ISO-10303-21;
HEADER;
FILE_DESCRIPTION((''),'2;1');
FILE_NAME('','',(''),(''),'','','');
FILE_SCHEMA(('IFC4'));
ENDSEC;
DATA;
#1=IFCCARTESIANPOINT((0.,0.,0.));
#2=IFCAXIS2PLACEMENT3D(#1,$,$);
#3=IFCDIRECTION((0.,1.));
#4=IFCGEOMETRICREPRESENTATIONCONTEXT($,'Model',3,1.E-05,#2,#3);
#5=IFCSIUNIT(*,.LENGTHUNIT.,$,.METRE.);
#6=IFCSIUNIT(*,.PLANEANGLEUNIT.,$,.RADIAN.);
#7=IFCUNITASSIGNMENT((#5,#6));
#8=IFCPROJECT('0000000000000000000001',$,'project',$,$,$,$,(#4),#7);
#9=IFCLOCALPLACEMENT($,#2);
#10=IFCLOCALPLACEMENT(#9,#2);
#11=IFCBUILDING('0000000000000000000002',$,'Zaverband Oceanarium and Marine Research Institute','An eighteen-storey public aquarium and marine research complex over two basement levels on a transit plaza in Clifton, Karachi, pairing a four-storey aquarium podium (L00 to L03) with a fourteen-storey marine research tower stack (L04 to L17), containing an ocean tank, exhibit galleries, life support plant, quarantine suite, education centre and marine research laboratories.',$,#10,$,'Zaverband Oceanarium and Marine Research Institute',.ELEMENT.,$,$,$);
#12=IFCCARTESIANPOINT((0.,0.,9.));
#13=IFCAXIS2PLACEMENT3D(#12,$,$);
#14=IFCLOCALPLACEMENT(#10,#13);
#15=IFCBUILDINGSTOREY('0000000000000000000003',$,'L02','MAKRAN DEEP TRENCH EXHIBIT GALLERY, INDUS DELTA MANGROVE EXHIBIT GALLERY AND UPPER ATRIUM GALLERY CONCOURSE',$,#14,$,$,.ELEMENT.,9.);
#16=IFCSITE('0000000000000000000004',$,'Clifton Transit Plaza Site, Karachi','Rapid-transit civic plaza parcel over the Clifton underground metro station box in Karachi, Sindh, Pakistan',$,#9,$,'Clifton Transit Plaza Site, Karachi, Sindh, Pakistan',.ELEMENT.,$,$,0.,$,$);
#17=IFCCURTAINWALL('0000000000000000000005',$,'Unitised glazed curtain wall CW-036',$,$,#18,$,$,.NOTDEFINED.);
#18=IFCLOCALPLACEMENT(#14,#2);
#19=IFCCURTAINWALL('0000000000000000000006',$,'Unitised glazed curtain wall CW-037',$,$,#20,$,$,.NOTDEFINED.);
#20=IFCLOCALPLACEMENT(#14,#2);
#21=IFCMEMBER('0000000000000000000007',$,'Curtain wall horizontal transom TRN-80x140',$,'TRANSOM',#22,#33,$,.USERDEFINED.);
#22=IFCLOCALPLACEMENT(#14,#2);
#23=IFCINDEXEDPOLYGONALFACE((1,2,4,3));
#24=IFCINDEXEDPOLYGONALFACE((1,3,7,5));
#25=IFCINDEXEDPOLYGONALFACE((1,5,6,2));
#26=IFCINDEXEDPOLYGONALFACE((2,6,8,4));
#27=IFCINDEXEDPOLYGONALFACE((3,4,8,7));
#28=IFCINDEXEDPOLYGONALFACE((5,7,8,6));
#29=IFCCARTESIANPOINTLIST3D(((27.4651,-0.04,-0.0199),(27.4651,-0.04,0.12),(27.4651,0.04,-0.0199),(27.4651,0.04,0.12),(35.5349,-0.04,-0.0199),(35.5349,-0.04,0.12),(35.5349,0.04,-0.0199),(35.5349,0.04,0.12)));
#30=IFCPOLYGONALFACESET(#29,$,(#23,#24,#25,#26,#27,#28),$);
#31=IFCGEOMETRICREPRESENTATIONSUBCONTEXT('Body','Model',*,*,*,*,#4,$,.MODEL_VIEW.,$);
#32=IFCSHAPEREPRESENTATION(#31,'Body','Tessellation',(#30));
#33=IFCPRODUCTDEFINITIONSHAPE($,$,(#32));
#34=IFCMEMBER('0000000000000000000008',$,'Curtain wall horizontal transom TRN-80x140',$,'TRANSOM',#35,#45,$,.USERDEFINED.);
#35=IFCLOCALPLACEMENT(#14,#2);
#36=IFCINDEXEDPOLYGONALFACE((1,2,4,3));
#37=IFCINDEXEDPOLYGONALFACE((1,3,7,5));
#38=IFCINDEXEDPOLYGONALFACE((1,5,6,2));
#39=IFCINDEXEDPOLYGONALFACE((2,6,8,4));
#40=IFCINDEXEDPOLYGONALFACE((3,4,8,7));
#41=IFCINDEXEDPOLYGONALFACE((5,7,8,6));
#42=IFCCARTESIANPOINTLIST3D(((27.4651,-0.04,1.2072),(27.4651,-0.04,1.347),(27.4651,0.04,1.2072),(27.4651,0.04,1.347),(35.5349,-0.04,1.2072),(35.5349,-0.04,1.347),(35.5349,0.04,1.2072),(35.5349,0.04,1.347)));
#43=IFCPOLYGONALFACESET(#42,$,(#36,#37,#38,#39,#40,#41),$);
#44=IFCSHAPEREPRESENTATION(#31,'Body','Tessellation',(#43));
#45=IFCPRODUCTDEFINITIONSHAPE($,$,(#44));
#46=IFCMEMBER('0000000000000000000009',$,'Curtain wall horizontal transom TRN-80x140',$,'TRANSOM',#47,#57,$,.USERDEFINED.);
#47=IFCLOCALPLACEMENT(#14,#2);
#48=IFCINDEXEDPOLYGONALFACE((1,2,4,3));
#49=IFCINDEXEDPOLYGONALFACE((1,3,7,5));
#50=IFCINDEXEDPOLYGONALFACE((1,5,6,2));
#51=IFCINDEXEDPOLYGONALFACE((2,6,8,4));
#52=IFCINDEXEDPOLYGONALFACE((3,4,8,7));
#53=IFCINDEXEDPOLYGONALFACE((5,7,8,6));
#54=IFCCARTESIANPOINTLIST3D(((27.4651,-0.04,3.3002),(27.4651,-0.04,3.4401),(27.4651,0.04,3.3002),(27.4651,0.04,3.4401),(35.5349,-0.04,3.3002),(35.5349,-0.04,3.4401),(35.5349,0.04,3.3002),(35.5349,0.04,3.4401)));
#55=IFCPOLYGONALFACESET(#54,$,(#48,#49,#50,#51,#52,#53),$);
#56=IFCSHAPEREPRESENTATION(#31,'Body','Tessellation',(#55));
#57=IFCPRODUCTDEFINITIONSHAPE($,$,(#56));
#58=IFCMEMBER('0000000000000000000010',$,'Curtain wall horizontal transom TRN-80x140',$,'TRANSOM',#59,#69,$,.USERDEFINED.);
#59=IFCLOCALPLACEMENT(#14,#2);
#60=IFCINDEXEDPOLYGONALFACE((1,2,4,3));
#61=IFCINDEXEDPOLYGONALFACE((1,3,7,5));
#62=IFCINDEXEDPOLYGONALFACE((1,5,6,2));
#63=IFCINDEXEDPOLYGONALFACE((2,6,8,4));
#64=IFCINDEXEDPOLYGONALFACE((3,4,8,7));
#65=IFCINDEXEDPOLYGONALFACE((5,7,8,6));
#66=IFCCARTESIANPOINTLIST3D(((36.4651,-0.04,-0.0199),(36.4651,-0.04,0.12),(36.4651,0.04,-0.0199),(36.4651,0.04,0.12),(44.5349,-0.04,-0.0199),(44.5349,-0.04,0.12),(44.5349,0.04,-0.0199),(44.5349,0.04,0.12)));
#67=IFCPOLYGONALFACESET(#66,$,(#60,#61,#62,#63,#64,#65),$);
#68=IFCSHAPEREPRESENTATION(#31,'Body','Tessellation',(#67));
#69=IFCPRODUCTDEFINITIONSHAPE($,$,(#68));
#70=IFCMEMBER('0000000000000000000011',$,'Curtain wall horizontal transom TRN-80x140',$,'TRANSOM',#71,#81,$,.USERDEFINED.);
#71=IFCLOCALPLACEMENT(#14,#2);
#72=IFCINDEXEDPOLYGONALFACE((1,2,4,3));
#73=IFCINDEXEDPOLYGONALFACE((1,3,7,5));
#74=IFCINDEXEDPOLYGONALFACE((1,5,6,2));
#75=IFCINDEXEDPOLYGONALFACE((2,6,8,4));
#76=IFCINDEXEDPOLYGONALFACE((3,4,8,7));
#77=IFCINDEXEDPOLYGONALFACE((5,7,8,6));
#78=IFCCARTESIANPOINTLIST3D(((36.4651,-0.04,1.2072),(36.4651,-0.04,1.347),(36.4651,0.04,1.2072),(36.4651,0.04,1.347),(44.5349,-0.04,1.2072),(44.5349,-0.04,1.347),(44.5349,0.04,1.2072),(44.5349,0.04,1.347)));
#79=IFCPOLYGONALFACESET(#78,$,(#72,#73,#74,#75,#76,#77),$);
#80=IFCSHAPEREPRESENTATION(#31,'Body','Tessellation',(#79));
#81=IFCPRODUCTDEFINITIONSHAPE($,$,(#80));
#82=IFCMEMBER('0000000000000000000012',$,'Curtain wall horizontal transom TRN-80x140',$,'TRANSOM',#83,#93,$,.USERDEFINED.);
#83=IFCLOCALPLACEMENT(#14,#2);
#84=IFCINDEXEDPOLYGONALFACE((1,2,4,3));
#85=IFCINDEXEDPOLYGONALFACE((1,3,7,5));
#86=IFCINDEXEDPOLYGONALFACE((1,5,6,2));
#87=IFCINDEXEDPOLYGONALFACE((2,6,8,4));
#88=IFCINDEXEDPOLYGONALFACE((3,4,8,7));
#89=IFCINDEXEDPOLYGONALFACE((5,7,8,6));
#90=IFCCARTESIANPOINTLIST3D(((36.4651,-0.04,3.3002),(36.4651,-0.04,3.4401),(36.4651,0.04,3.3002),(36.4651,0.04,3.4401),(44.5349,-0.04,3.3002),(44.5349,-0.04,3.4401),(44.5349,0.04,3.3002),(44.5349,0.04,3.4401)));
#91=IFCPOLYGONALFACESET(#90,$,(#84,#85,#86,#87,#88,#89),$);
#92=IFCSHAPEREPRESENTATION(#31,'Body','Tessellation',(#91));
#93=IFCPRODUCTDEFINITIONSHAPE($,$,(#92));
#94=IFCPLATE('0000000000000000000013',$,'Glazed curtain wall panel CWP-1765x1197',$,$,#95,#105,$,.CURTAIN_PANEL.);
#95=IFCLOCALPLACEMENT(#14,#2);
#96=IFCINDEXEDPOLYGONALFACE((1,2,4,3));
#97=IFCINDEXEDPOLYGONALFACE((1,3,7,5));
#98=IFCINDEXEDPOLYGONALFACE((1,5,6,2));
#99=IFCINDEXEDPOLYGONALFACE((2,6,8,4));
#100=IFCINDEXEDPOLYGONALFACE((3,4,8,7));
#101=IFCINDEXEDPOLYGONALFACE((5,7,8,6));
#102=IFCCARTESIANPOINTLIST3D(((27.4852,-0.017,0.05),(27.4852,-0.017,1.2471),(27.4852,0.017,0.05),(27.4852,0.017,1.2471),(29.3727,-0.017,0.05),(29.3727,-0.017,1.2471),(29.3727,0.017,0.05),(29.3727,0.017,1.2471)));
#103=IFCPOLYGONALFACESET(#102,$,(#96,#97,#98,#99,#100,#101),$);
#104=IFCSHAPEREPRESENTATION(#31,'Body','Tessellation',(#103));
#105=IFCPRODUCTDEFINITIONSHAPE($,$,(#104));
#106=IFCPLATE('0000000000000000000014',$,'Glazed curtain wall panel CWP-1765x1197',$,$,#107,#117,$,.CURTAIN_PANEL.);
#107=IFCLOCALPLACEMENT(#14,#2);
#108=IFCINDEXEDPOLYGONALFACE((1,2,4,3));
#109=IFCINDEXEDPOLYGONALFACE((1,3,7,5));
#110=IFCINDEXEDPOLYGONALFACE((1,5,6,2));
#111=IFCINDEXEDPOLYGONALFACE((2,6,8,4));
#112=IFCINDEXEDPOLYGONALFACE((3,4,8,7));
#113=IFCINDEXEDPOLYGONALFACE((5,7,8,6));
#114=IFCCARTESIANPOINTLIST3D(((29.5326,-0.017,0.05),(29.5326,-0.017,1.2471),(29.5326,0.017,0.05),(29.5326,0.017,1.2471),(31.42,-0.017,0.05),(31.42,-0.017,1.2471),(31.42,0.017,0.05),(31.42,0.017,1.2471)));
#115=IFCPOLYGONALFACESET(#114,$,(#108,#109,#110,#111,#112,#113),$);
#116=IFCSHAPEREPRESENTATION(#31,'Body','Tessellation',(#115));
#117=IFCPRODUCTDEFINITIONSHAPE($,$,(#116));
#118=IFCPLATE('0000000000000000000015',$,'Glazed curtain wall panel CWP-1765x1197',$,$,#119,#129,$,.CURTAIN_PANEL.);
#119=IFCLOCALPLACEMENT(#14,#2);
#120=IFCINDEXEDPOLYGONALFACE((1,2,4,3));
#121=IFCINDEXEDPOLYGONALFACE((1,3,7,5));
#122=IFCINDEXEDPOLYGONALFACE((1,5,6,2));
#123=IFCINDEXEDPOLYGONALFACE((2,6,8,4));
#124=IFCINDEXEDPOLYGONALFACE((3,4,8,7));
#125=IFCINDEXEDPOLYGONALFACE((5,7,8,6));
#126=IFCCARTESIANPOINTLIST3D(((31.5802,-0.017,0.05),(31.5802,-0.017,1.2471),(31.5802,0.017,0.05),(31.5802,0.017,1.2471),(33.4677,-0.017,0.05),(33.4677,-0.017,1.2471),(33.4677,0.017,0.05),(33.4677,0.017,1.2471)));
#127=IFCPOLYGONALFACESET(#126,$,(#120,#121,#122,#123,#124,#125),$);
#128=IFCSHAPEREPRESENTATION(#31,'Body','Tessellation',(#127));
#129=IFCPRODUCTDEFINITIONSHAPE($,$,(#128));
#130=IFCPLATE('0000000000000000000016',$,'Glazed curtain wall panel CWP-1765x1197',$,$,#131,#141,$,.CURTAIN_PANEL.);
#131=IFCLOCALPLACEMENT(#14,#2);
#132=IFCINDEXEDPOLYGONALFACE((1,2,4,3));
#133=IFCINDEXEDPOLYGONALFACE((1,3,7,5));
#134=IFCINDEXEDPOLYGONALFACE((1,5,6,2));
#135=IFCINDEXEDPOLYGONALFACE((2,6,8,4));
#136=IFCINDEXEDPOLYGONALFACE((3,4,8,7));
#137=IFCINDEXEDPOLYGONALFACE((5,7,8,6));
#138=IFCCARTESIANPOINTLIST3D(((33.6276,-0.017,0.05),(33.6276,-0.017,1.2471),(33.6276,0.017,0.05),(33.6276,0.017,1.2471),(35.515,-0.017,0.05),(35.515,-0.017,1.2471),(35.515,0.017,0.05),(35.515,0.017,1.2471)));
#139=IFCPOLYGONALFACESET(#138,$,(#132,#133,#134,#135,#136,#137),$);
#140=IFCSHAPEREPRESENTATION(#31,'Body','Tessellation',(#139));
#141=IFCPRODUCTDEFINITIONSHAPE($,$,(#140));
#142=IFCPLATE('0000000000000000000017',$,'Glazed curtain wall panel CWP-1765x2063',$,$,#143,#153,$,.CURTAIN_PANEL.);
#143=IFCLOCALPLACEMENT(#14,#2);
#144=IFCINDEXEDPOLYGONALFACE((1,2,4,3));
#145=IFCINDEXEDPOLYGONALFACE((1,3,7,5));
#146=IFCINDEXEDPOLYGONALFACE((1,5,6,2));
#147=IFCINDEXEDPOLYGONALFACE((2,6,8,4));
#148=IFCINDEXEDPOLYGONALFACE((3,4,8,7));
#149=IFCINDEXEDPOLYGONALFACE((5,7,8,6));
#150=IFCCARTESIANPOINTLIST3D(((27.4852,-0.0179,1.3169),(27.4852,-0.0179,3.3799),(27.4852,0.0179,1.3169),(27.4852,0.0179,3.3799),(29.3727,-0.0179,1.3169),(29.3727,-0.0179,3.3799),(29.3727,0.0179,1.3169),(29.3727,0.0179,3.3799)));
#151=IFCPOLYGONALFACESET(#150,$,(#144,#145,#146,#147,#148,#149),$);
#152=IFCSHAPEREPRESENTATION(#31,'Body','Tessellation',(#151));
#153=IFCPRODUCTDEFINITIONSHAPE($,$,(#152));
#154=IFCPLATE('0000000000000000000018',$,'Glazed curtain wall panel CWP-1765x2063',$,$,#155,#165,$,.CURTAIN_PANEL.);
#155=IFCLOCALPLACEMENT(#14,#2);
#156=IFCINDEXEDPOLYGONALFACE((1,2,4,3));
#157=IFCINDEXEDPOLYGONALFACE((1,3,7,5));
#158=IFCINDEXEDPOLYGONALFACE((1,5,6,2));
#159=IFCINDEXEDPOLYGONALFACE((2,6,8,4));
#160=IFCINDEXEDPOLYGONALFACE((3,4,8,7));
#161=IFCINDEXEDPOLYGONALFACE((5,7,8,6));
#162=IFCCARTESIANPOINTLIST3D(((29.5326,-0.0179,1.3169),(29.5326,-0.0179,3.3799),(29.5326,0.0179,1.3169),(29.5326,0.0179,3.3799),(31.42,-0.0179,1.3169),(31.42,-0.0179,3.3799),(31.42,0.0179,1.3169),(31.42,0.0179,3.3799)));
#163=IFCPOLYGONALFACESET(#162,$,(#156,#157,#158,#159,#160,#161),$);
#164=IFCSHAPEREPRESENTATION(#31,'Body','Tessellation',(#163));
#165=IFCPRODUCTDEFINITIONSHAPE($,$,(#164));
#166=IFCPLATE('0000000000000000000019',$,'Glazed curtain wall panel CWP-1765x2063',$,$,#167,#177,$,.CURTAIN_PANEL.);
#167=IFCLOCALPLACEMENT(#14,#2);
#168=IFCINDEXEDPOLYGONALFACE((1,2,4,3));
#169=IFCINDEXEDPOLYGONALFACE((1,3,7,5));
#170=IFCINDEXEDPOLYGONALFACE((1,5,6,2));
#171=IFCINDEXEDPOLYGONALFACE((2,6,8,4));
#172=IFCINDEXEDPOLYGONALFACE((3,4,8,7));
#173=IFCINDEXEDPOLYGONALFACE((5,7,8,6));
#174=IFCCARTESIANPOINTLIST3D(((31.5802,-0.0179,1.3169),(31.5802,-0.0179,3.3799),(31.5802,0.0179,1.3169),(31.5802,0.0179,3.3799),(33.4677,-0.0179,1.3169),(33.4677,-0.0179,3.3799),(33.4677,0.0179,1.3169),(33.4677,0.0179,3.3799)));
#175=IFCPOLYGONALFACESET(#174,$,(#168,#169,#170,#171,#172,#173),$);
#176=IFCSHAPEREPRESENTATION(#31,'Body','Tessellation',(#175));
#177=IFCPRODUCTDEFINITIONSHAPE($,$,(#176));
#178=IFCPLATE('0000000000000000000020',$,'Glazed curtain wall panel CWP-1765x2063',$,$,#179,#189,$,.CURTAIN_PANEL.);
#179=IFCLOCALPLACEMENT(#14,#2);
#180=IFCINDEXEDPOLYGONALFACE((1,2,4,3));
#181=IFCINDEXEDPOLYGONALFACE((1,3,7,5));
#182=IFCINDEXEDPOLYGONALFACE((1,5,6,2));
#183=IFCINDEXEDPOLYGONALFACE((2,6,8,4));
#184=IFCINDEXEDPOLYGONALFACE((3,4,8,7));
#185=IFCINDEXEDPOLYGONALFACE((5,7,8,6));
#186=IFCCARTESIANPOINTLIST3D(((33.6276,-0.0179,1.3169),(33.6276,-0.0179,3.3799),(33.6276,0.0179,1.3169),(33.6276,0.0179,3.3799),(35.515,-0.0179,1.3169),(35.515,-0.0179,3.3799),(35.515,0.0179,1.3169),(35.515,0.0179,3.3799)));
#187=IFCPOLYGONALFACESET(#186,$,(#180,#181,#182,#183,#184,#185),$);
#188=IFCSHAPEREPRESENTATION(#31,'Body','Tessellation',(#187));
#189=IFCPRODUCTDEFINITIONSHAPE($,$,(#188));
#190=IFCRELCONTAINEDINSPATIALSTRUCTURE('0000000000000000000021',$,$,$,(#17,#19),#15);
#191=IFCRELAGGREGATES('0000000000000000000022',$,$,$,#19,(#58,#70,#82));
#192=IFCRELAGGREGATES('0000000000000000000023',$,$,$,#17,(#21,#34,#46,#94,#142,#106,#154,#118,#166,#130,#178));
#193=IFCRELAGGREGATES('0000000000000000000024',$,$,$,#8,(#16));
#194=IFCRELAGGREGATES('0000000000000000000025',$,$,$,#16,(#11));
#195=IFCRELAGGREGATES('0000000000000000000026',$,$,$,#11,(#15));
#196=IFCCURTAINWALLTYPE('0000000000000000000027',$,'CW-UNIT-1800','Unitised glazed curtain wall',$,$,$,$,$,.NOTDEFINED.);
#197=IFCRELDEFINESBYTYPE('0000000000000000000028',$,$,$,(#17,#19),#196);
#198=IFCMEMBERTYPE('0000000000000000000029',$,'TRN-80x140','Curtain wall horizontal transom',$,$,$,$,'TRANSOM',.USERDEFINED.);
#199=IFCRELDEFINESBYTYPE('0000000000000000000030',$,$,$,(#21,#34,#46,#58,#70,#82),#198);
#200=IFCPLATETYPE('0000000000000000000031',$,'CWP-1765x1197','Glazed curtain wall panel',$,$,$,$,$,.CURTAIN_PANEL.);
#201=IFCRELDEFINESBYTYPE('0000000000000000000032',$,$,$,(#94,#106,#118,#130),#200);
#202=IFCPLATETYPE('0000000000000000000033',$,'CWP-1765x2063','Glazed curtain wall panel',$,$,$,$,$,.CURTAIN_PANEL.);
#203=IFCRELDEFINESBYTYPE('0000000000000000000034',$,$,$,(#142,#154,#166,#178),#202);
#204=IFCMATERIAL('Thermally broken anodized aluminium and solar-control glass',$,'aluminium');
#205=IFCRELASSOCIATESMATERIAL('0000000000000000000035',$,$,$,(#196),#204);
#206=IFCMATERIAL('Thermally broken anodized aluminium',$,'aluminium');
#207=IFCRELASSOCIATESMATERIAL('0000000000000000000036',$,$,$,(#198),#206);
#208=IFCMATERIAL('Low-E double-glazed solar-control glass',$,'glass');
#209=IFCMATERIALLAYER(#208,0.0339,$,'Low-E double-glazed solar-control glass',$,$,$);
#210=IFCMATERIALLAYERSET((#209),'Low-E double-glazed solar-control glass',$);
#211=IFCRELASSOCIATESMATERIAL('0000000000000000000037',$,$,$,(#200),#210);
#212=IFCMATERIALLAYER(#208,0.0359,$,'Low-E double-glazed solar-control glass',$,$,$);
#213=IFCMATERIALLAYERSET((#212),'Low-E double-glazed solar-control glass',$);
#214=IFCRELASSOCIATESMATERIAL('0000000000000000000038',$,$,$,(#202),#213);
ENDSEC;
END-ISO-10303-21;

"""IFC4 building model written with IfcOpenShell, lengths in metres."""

from ifc_helpers import new_model, si_unit, direction, frame, frame_2d, origin, origin_2d, place, context, subcontext, project, spatial, rectangle, extrude, material, layer, layer_set, material_profile, profile_set, type_object, element, aggregate, save


model = new_model("IFC4")

# Units and contexts
model_context = context("Model", 3, precision=1e-05, world=origin(), true_north=direction((0.0, 1.0)))
body_context = subcontext(model_context, "Body", "Model", "MODEL_VIEW")
ifc_project = project(units=[si_unit("LENGTHUNIT", "METRE"), si_unit("PLANEANGLEUNIT", "RADIAN")], contexts=[model_context])

# Site, building, storey
site_placement = place(None, origin())
site = spatial("IfcSite", under=ifc_project, at=site_placement, Name="Clifton Transit Plaza Site, Karachi", Description="Rapid-transit civic plaza parcel over the Clifton underground metro station box in Karachi, Sindh, Pakistan", LongName="Clifton Transit Plaza Site, Karachi, Sindh, Pakistan", CompositionType="ELEMENT", RefElevation=0.0)
building_placement = place(site_placement, origin())
building = spatial("IfcBuilding", under=site, at=building_placement, Name="Zaverband Oceanarium and Marine Research Institute", Description="An eighteen-storey public aquarium and marine research complex over two basement levels on a transit plaza in Clifton, Karachi, pairing a four-storey aquarium podium (L00 to L03) with a fourteen-storey marine research tower stack (L04 to L17), containing an ocean tank, exhibit galleries, life support plant, quarantine suite, education centre and marine research laboratories.", LongName="Zaverband Oceanarium and Marine Research Institute", CompositionType="ELEMENT")
storey_placement = place(building_placement, frame((0.0, 0.0, 9.0)))
storey = spatial("IfcBuildingStorey", under=building, at=storey_placement, Name="L02", Description="MAKRAN DEEP TRENCH EXHIBIT GALLERY, INDUS DELTA MANGROVE EXHIBIT GALLERY AND UPPER ATRIUM GALLERY CONCOURSE", CompositionType="ELEMENT", Elevation=9.0)

# Curtain wall
ifc_material_1 = material(Name="Thermally broken anodized aluminium and solar-control glass", Category="aluminium")
curtain_wall_type = type_object("IfcCurtainWallType", Name="CW-UNIT-1800", Description="Unitised glazed curtain wall", PredefinedType="NOTDEFINED", material=ifc_material_1)
curtain_wall_1_placement = place(storey_placement, origin())
curtain_wall_1 = element("IfcCurtainWall", 1, at=curtain_wall_1_placement, inside=storey, type_object=curtain_wall_type, Name="Unitised glazed curtain wall CW-036", PredefinedType="NOTDEFINED")
ifc_material_2 = material(Name="Thermally broken anodized aluminium", Category="aluminium")

# Curtain wall
curtain_wall_2_placement = place(storey_placement, origin())
curtain_wall_2 = element("IfcCurtainWall", 2, at=curtain_wall_2_placement, inside=storey, type_object=curtain_wall_type, Name="Unitised glazed curtain wall CW-037", PredefinedType="NOTDEFINED")

# Members
ifc_material_profile_1 = material_profile(ifc_material_2, rectangle(XDim=0.0801, YDim=0.1399, at=origin_2d()), Name="AL-TRN-80x140")
ifc_profile_set_1 = profile_set([ifc_material_profile_1], Name="Thermally broken anodized aluminium")
member_type_1 = type_object("IfcMemberType", Name="TRN-80x140", Description="Curtain wall horizontal transom", ElementType="TRANSOM", PredefinedType="USERDEFINED", material=ifc_profile_set_1)
member_1_placement = place(storey_placement, frame((27.4651, 0.0, 0.05), z_axis=(1.0, 0.0, 0.0), x_axis=(0.0, 1.0, 0.0)))
member_1 = element("IfcMember", 3, at=member_1_placement, type_object=member_type_1, Name="Curtain wall horizontal transom TRN-80x140", ObjectType="TRANSOM", PredefinedType="USERDEFINED", context=body_context, shape_type="SweptSolid", body=[
    extrude(rectangle(XDim=0.0801, YDim=0.1399, at=origin_2d()), origin(), (0.0, 0.0, 1.0), 8.0698),
])
member_2_placement = place(storey_placement, frame((27.4651, 0.0, 1.2771), z_axis=(1.0, 0.0, 0.0), x_axis=(0.0, 1.0, 0.0)))
member_2 = element("IfcMember", 4, at=member_2_placement, type_object=member_type_1, Name="Curtain wall horizontal transom TRN-80x140", ObjectType="TRANSOM", PredefinedType="USERDEFINED", context=body_context, shape_type="SweptSolid", body=[
    extrude(rectangle(XDim=0.0801, YDim=0.1399, at=origin_2d()), origin(), (0.0, 0.0, 1.0), 8.0698),
])
member_3_placement = place(storey_placement, frame((27.4651, 0.0, 3.3701), z_axis=(1.0, 0.0, 0.0), x_axis=(0.0, 1.0, 0.0)))
member_3 = element("IfcMember", 5, at=member_3_placement, type_object=member_type_1, Name="Curtain wall horizontal transom TRN-80x140", ObjectType="TRANSOM", PredefinedType="USERDEFINED", context=body_context, shape_type="SweptSolid", body=[
    extrude(rectangle(XDim=0.0801, YDim=0.1399, at=origin_2d()), origin(), (0.0, 0.0, 1.0), 8.0698),
])
member_4_placement = place(storey_placement, frame((36.4651, 0.0, 0.05), z_axis=(1.0, 0.0, 0.0), x_axis=(0.0, 1.0, 0.0)))
member_4 = element("IfcMember", 6, at=member_4_placement, type_object=member_type_1, Name="Curtain wall horizontal transom TRN-80x140", ObjectType="TRANSOM", PredefinedType="USERDEFINED", context=body_context, shape_type="SweptSolid", body=[
    extrude(rectangle(XDim=0.0801, YDim=0.1399, at=origin_2d()), origin(), (0.0, 0.0, 1.0), 8.0698),
])
member_5_placement = place(storey_placement, frame((36.4651, 0.0, 1.2771), z_axis=(1.0, 0.0, 0.0), x_axis=(0.0, 1.0, 0.0)))
member_5 = element("IfcMember", 7, at=member_5_placement, type_object=member_type_1, Name="Curtain wall horizontal transom TRN-80x140", ObjectType="TRANSOM", PredefinedType="USERDEFINED", context=body_context, shape_type="SweptSolid", body=[
    extrude(rectangle(XDim=0.0801, YDim=0.1399, at=origin_2d()), origin(), (0.0, 0.0, 1.0), 8.0698),
])
member_6_placement = place(storey_placement, frame((36.4651, 0.0, 3.3701), z_axis=(1.0, 0.0, 0.0), x_axis=(0.0, 1.0, 0.0)))
member_6 = element("IfcMember", 8, at=member_6_placement, type_object=member_type_1, Name="Curtain wall horizontal transom TRN-80x140", ObjectType="TRANSOM", PredefinedType="USERDEFINED", context=body_context, shape_type="SweptSolid", body=[
    extrude(rectangle(XDim=0.0801, YDim=0.1399, at=origin_2d()), origin(), (0.0, 0.0, 1.0), 8.0698),
])
aggregate(curtain_wall_2, [member_4, member_5, member_6])

# Plates
ifc_material_3 = material(Name="Low-E double-glazed solar-control glass", Category="glass")
ifc_layer_1 = layer(ifc_material_3, 0.0339, Name="Low-E double-glazed solar-control glass")
ifc_layer_set_1 = layer_set([ifc_layer_1], Name="Low-E double-glazed solar-control glass")
plate_type_1 = type_object("IfcPlateType", Name="CWP-1765x1197", Description="Glazed curtain wall panel", PredefinedType="CURTAIN_PANEL", material=ifc_layer_set_1)
plate_1_placement = place(storey_placement, frame((27.4851, 0.0, 0.05), z_axis=(0.0, 0.0, 1.0), x_axis=(1.0, 0.0, 0.0)))
plate_1 = element("IfcPlate", 9, at=plate_1_placement, type_object=plate_type_1, Name="Glazed curtain wall panel CWP-1765x1197", PredefinedType="CURTAIN_PANEL", context=body_context, shape_type="SweptSolid", body=[
    extrude(rectangle(XDim=1.8875, YDim=0.0339, at=frame_2d((0.9438, 0.0))), origin(), (0.0, 0.0, 1.0), 1.197),
])
plate_2_placement = place(storey_placement, frame((29.5325, 0.0, 0.05), z_axis=(0.0, 0.0, 1.0), x_axis=(1.0, 0.0, 0.0)))
plate_2 = element("IfcPlate", 10, at=plate_2_placement, type_object=plate_type_1, Name="Glazed curtain wall panel CWP-1765x1197", PredefinedType="CURTAIN_PANEL", context=body_context, shape_type="SweptSolid", body=[
    extrude(rectangle(XDim=1.8875, YDim=0.0339, at=frame_2d((0.9438, 0.0))), origin(), (0.0, 0.0, 1.0), 1.197),
])
plate_3_placement = place(storey_placement, frame((31.5801, 0.0, 0.05), z_axis=(0.0, 0.0, 1.0), x_axis=(1.0, 0.0, 0.0)))
plate_3 = element("IfcPlate", 11, at=plate_3_placement, type_object=plate_type_1, Name="Glazed curtain wall panel CWP-1765x1197", PredefinedType="CURTAIN_PANEL", context=body_context, shape_type="SweptSolid", body=[
    extrude(rectangle(XDim=1.8875, YDim=0.0339, at=frame_2d((0.9438, 0.0))), origin(), (0.0, 0.0, 1.0), 1.197),
])
plate_4_placement = place(storey_placement, frame((33.6274, 0.0, 0.05), z_axis=(0.0, 0.0, 1.0), x_axis=(1.0, 0.0, 0.0)))
plate_4 = element("IfcPlate", 12, at=plate_4_placement, type_object=plate_type_1, Name="Glazed curtain wall panel CWP-1765x1197", PredefinedType="CURTAIN_PANEL", context=body_context, shape_type="SweptSolid", body=[
    extrude(rectangle(XDim=1.8875, YDim=0.0339, at=frame_2d((0.9438, 0.0))), origin(), (0.0, 0.0, 1.0), 1.197),
])
ifc_layer_2 = layer(ifc_material_3, 0.0359, Name="Low-E double-glazed solar-control glass")
ifc_layer_set_2 = layer_set([ifc_layer_2], Name="Low-E double-glazed solar-control glass")
plate_type_2 = type_object("IfcPlateType", Name="CWP-1765x2063", Description="Glazed curtain wall panel", PredefinedType="CURTAIN_PANEL", material=ifc_layer_set_2)
plate_5_placement = place(storey_placement, frame((27.4851, 0.0, 1.3169), z_axis=(0.0, 0.0, 1.0), x_axis=(1.0, 0.0, 0.0)))
plate_5 = element("IfcPlate", 13, at=plate_5_placement, type_object=plate_type_2, Name="Glazed curtain wall panel CWP-1765x2063", PredefinedType="CURTAIN_PANEL", context=body_context, shape_type="SweptSolid", body=[
    extrude(rectangle(XDim=1.8875, YDim=0.0359, at=frame_2d((0.9438, 0.0))), origin(), (0.0, 0.0, 1.0), 2.063),
])
plate_6_placement = place(storey_placement, frame((29.5325, 0.0, 1.3169), z_axis=(0.0, 0.0, 1.0), x_axis=(1.0, 0.0, 0.0)))
plate_6 = element("IfcPlate", 14, at=plate_6_placement, type_object=plate_type_2, Name="Glazed curtain wall panel CWP-1765x2063", PredefinedType="CURTAIN_PANEL", context=body_context, shape_type="SweptSolid", body=[
    extrude(rectangle(XDim=1.8875, YDim=0.0359, at=frame_2d((0.9438, 0.0))), origin(), (0.0, 0.0, 1.0), 2.063),
])
plate_7_placement = place(storey_placement, frame((31.5801, 0.0, 1.3169), z_axis=(0.0, 0.0, 1.0), x_axis=(1.0, 0.0, 0.0)))
plate_7 = element("IfcPlate", 15, at=plate_7_placement, type_object=plate_type_2, Name="Glazed curtain wall panel CWP-1765x2063", PredefinedType="CURTAIN_PANEL", context=body_context, shape_type="SweptSolid", body=[
    extrude(rectangle(XDim=1.8875, YDim=0.0359, at=frame_2d((0.9438, 0.0))), origin(), (0.0, 0.0, 1.0), 2.063),
])
plate_8_placement = place(storey_placement, frame((33.6274, 0.0, 1.3169), z_axis=(0.0, 0.0, 1.0), x_axis=(1.0, 0.0, 0.0)))
plate_8 = element("IfcPlate", 16, at=plate_8_placement, type_object=plate_type_2, Name="Glazed curtain wall panel CWP-1765x2063", PredefinedType="CURTAIN_PANEL", context=body_context, shape_type="SweptSolid", body=[
    extrude(rectangle(XDim=1.8875, YDim=0.0359, at=frame_2d((0.9438, 0.0))), origin(), (0.0, 0.0, 1.0), 2.063),
])
aggregate(curtain_wall_1, [member_1, member_2, member_3, plate_1, plate_5, plate_2, plate_6, plate_3, plate_7, plate_4, plate_8])

save(model, "model.ifc")
